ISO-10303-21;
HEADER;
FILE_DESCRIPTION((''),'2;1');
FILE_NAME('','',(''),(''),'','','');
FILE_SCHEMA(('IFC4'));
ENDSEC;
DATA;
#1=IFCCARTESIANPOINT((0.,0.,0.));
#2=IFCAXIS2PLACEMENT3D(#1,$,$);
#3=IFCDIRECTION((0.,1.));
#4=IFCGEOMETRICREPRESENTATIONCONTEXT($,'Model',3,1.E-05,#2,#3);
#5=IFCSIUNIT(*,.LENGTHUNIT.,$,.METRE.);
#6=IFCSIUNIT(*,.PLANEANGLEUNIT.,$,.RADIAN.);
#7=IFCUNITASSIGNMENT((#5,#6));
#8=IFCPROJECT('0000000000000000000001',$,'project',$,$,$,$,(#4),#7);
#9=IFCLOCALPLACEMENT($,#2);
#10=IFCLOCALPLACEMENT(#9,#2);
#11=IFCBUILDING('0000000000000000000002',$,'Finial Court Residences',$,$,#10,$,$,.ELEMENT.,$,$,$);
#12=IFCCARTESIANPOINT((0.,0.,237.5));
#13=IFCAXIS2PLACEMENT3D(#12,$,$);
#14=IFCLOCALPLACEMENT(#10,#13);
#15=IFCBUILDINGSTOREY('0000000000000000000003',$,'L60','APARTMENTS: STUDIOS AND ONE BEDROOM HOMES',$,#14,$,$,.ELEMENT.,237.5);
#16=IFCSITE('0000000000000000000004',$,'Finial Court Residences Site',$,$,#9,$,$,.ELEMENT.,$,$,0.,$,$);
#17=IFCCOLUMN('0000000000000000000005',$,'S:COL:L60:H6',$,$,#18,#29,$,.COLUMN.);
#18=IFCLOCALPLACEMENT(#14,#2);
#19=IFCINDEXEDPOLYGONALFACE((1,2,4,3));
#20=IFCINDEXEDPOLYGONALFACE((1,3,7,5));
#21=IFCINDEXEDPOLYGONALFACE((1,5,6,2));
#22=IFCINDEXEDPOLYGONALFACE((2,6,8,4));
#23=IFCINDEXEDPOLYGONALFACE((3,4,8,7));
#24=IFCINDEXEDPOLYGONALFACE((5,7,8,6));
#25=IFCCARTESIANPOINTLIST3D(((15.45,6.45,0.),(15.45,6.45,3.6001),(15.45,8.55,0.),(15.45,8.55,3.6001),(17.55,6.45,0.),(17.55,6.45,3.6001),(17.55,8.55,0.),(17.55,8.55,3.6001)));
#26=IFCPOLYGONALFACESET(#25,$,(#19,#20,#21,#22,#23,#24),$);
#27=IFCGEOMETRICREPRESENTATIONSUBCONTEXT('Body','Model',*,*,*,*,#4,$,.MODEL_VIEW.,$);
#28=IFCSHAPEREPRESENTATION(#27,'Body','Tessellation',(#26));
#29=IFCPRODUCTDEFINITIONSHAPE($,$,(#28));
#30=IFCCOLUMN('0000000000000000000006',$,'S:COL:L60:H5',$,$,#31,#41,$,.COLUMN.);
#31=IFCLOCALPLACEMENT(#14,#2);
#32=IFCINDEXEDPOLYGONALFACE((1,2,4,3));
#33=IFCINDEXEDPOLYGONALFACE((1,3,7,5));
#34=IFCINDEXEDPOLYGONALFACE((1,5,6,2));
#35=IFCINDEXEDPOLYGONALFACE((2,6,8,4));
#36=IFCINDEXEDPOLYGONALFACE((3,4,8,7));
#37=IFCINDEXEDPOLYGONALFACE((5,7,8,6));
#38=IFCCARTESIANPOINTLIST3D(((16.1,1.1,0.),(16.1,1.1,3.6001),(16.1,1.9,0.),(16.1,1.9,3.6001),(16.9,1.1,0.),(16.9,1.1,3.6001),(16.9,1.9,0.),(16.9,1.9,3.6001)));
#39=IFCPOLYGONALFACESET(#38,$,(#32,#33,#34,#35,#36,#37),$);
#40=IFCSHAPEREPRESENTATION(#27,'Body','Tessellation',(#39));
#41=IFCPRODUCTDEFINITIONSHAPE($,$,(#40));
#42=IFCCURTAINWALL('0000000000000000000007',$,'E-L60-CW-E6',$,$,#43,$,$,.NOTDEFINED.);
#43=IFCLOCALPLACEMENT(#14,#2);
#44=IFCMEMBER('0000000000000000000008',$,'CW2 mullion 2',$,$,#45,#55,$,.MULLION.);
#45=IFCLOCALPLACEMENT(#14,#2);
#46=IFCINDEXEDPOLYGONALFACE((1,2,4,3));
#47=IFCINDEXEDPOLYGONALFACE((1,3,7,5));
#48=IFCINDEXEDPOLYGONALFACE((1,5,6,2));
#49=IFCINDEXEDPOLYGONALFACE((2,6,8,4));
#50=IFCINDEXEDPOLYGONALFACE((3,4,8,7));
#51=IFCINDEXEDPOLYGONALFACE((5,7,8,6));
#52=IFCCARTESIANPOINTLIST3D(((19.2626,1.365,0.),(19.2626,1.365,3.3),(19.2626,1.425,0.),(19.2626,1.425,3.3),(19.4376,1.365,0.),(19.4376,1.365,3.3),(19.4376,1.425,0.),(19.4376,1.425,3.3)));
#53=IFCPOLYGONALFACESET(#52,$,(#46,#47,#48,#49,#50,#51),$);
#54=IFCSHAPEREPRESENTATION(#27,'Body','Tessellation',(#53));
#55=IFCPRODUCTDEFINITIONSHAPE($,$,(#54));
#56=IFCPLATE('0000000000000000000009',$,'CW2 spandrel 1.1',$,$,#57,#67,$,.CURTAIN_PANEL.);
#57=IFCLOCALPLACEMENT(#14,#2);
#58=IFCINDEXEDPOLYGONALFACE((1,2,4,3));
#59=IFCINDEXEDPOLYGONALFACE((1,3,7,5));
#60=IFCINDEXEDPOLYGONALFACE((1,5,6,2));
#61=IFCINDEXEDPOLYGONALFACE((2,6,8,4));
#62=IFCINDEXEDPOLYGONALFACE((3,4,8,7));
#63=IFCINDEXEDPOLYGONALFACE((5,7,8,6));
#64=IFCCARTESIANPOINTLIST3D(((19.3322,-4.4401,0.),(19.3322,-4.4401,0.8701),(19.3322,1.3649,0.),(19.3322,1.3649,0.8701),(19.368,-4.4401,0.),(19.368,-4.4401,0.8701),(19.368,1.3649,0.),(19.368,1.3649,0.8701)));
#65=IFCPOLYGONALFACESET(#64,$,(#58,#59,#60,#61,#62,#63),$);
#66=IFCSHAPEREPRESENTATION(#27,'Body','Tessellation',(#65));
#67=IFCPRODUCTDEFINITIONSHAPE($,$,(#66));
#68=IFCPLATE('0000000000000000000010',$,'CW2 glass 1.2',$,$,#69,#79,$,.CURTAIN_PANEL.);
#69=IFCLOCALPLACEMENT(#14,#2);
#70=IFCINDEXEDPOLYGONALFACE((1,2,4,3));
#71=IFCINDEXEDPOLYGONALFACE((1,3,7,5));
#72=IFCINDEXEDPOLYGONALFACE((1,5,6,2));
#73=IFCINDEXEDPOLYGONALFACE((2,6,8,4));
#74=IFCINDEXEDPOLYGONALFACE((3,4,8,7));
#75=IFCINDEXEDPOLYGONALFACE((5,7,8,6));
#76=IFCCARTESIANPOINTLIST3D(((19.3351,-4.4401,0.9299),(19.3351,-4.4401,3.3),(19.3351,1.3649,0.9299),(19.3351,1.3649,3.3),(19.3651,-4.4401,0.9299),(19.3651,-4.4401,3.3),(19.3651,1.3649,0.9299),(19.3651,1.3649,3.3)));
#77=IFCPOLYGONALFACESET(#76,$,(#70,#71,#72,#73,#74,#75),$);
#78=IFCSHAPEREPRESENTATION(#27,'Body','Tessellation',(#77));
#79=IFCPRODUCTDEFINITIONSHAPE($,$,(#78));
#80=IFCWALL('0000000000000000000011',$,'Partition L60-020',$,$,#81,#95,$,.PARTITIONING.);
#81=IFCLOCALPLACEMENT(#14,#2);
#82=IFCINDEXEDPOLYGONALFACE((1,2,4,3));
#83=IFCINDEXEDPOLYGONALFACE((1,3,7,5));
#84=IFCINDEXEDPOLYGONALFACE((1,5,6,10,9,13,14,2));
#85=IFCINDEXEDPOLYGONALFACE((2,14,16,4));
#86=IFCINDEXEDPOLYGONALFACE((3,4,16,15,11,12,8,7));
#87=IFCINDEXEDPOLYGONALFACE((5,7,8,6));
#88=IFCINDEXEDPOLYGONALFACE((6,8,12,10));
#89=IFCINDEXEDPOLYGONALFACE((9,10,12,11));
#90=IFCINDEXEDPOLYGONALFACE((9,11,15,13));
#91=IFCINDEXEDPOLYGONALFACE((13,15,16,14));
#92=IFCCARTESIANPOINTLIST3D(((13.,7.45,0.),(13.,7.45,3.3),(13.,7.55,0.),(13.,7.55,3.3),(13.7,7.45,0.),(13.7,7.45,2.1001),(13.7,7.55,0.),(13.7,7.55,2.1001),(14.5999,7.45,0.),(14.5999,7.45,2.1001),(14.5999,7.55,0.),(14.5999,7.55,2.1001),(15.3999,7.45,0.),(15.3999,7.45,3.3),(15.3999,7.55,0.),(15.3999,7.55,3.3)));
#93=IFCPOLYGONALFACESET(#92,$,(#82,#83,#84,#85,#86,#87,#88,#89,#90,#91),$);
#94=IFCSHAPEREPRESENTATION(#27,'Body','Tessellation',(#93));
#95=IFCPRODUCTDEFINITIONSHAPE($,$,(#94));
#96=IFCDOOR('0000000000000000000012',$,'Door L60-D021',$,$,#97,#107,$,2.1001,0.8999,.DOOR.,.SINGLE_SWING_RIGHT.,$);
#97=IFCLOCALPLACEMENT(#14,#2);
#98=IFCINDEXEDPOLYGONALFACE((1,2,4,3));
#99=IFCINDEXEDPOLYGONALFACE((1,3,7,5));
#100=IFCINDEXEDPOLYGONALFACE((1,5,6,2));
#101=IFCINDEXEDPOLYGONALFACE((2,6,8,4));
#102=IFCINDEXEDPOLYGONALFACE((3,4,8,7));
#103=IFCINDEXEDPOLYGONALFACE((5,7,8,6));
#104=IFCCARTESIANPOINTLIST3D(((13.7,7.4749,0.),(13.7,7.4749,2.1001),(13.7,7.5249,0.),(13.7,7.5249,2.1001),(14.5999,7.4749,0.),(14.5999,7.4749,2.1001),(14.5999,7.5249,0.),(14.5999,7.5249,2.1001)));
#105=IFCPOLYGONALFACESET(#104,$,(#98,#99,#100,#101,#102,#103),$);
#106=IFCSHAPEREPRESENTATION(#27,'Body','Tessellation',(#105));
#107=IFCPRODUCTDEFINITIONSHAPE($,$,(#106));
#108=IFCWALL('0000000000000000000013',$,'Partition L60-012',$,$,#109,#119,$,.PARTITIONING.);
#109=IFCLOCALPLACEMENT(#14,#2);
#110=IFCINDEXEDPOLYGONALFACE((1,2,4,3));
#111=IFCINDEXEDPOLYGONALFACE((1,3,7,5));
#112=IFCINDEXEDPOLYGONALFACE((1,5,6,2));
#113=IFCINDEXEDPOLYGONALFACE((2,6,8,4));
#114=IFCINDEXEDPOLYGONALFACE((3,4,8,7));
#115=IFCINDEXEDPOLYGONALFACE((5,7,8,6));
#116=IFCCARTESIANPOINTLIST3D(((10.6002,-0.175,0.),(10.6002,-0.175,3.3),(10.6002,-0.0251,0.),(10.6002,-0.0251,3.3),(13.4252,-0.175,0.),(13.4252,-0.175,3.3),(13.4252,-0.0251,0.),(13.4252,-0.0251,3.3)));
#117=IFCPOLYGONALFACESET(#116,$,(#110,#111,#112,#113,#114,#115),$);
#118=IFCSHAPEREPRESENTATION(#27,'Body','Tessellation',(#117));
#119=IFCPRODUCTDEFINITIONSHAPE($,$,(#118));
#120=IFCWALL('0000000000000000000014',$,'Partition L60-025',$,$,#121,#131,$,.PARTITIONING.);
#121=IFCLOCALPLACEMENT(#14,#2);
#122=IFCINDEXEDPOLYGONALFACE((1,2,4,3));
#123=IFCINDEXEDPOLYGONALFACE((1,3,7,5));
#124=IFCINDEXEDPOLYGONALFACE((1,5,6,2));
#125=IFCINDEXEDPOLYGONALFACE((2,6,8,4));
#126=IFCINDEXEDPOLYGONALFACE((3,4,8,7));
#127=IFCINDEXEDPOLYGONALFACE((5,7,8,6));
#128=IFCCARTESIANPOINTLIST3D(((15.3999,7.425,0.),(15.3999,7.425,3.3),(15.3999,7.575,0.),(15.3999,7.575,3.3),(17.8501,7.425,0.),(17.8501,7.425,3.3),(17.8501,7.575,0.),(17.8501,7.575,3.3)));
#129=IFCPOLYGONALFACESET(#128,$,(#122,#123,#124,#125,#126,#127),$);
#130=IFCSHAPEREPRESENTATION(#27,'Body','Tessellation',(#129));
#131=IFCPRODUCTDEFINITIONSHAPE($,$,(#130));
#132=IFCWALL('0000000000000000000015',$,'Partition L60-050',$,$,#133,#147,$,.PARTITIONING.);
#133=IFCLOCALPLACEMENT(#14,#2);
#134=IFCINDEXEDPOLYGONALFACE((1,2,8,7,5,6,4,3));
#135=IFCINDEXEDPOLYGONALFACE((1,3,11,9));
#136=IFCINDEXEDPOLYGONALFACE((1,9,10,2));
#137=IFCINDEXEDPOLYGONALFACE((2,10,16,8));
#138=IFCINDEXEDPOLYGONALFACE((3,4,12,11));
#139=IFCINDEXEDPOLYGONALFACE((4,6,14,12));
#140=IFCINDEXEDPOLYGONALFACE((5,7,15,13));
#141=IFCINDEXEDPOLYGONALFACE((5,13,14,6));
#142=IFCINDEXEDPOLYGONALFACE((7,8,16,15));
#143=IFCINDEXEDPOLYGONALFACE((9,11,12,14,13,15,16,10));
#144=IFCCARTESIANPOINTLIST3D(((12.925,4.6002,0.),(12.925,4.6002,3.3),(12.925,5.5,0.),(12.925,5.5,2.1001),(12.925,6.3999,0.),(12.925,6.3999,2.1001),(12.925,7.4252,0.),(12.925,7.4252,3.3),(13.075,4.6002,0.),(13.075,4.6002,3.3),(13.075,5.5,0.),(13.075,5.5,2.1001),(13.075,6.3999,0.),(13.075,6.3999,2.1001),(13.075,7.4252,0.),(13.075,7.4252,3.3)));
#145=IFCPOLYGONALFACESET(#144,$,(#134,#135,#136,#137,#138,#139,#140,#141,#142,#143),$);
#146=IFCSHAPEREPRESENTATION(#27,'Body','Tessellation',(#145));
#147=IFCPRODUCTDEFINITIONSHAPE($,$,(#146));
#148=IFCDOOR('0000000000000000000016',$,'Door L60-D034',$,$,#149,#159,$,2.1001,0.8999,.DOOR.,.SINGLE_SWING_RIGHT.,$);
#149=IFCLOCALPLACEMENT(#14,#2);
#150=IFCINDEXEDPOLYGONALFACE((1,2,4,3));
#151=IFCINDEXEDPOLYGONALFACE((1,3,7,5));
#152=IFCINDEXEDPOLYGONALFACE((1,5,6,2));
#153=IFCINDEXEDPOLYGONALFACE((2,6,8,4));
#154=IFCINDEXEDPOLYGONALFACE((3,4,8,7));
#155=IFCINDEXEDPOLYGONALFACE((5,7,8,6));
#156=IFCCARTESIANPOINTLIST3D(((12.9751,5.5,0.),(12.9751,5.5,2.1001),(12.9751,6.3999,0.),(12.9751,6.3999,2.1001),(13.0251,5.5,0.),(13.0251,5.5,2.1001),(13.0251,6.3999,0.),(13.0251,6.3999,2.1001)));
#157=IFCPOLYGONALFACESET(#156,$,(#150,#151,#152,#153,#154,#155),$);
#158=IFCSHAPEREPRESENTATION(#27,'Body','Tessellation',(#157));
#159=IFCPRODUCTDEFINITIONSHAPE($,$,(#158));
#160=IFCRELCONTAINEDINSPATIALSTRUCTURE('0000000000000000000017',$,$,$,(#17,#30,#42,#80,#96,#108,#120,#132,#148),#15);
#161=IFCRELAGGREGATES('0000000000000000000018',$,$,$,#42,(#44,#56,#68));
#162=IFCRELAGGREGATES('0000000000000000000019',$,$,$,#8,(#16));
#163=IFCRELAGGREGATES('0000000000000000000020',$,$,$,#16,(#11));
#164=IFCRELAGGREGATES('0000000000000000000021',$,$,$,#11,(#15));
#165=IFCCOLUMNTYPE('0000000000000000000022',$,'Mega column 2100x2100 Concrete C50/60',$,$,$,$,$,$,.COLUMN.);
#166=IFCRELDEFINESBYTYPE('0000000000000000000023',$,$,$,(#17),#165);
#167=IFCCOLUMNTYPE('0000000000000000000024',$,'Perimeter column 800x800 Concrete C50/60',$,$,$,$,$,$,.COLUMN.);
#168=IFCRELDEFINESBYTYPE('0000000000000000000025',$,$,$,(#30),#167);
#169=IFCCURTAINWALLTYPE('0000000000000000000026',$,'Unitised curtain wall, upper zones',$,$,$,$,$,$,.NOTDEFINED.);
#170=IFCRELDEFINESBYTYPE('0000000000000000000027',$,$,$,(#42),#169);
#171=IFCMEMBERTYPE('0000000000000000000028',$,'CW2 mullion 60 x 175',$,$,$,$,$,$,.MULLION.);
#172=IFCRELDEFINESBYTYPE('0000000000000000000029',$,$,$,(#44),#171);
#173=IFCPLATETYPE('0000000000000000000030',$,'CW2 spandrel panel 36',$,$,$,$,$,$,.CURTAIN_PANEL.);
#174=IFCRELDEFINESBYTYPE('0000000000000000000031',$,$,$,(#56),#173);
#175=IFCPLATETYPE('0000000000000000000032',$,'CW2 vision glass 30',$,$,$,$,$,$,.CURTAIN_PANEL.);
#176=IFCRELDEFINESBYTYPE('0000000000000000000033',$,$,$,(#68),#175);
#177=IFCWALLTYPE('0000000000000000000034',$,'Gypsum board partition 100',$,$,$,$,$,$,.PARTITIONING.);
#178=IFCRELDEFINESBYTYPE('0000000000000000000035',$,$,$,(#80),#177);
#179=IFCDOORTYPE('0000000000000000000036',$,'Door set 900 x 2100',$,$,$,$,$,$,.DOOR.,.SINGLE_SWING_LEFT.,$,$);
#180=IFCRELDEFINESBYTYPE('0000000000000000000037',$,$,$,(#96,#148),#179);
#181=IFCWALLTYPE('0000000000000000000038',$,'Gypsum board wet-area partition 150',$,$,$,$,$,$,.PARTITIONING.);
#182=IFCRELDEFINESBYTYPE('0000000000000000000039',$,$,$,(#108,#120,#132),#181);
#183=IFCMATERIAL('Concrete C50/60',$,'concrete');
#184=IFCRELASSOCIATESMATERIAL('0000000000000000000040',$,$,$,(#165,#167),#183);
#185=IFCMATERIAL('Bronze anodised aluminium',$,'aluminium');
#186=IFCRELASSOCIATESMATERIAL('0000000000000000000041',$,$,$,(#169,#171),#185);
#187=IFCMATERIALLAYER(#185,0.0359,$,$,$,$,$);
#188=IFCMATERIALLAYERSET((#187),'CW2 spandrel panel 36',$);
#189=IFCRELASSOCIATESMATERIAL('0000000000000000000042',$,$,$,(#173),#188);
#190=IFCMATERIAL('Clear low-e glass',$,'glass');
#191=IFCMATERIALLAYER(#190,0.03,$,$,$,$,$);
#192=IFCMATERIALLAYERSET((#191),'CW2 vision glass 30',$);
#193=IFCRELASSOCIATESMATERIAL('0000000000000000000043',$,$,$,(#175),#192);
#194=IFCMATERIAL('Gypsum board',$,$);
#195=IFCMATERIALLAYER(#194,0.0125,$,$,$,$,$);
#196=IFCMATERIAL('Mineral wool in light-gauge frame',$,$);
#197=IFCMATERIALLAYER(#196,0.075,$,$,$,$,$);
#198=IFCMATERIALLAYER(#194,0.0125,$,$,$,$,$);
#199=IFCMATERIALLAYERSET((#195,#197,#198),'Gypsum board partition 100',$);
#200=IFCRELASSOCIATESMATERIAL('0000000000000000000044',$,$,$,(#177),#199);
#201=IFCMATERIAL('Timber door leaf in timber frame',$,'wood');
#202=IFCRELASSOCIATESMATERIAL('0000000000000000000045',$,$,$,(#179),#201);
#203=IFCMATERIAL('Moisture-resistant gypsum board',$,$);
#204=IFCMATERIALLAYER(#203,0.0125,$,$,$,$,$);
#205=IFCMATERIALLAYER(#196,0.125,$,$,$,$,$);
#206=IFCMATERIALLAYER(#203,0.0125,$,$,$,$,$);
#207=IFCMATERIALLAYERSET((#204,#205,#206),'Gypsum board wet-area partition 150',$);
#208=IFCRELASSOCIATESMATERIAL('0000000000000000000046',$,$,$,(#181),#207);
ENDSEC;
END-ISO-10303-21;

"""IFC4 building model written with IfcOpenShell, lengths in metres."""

from ifc_helpers import new_model, si_unit, direction, frame, frame_2d, origin, origin_2d, place, context, subcontext, project, spatial, rectangle, extrude, material, layer, layer_set, material_profile, profile_set, type_object, element, fill, aggregate, save


model = new_model("IFC4")

# Units and contexts
model_context = context("Model", 3, precision=1e-05, world=origin(), true_north=direction((0.0, 1.0)))
body_context = subcontext(model_context, "Body", "Model", "MODEL_VIEW")
ifc_project = project(units=[si_unit("LENGTHUNIT", "METRE"), si_unit("PLANEANGLEUNIT", "RADIAN")], contexts=[model_context])

# Site, building, storey
site_placement = place(None, origin())
site = spatial("IfcSite", under=ifc_project, at=site_placement, Name="Finial Court Residences Site", CompositionType="ELEMENT", RefElevation=0.0)
building_placement = place(site_placement, origin())
building = spatial("IfcBuilding", under=site, at=building_placement, Name="Finial Court Residences", CompositionType="ELEMENT")
storey_placement = place(building_placement, frame((0.0, 0.0, 237.5)))
storey = spatial("IfcBuildingStorey", under=building, at=storey_placement, Name="L60", Description="APARTMENTS: STUDIOS AND ONE BEDROOM HOMES", CompositionType="ELEMENT", Elevation=237.5)

# Columns
ifc_material_1 = material(Name="Concrete C50/60", Category="concrete")
ifc_material_profile_1 = material_profile(ifc_material_1, rectangle(XDim=2.1001, YDim=2.1001, at=origin_2d()), Name="2100x2100")
ifc_profile_set_1 = profile_set([ifc_material_profile_1], Name="Concrete C50/60")
column_type_1 = type_object("IfcColumnType", Name="Mega column 2100x2100 Concrete C50/60", PredefinedType="COLUMN", material=ifc_profile_set_1)
column_1_placement = place(storey_placement, frame((16.5, 7.5, 0.0), z_axis=(0.0, 0.0, 1.0), x_axis=(1.0, 0.0, 0.0)))
element("IfcColumn", 1, at=column_1_placement, inside=storey, type_object=column_type_1, Name="S:COL:L60:H6", PredefinedType="COLUMN", context=body_context, shape_type="SweptSolid", body=[
    extrude(rectangle(XDim=2.1001, YDim=2.1001, at=origin_2d()), origin(), (0.0, 0.0, 1.0), 3.6001),
])
ifc_material_profile_2 = material_profile(ifc_material_1, rectangle(XDim=0.8, YDim=0.8, at=origin_2d()), Name="800x800")
ifc_profile_set_2 = profile_set([ifc_material_profile_2], Name="Concrete C50/60")
column_type_2 = type_object("IfcColumnType", Name="Perimeter column 800x800 Concrete C50/60", PredefinedType="COLUMN", material=ifc_profile_set_2)
column_2_placement = place(storey_placement, frame((16.5, 1.5, 0.0), z_axis=(0.0, 0.0, 1.0), x_axis=(1.0, 0.0, 0.0)))
element("IfcColumn", 2, at=column_2_placement, inside=storey, type_object=column_type_2, Name="S:COL:L60:H5", PredefinedType="COLUMN", context=body_context, shape_type="SweptSolid", body=[
    extrude(rectangle(XDim=0.8, YDim=0.8, at=origin_2d()), origin(), (0.0, 0.0, 1.0), 3.6001),
])

# Curtain wall, member, plates
ifc_material_2 = material(Name="Bronze anodised aluminium", Category="aluminium")
curtain_wall_type = type_object("IfcCurtainWallType", Name="Unitised curtain wall, upper zones", PredefinedType="NOTDEFINED", material=ifc_material_2)
curtain_wall_placement = place(storey_placement, origin())
curtain_wall = element("IfcCurtainWall", 3, at=curtain_wall_placement, inside=storey, type_object=curtain_wall_type, Name="E-L60-CW-E6", PredefinedType="NOTDEFINED")
ifc_material_profile_3 = material_profile(ifc_material_2, rectangle(XDim=0.175, YDim=0.0601, at=origin_2d()), Name="CW2 mullion 60 x 175")
ifc_profile_set_3 = profile_set([ifc_material_profile_3], Name="Bronze anodised aluminium")
member_type = type_object("IfcMemberType", Name="CW2 mullion 60 x 175", PredefinedType="MULLION", material=ifc_profile_set_3)
member_placement = place(storey_placement, frame((19.3501, 1.395, 0.0), z_axis=(0.0, 0.0, 1.0), x_axis=(-1.0, 0.0, 0.0)))
member = element("IfcMember", 4, at=member_placement, type_object=member_type, Name="CW2 mullion 2", PredefinedType="MULLION", context=body_context, shape_type="SweptSolid", body=[
    extrude(rectangle(XDim=0.175, YDim=0.0601, at=origin_2d()), origin(), (0.0, 0.0, 1.0), 3.3),
])
ifc_layer_1 = layer(ifc_material_2, 0.0359)
ifc_layer_set_1 = layer_set([ifc_layer_1], Name="CW2 spandrel panel 36")
plate_type_1 = type_object("IfcPlateType", Name="CW2 spandrel panel 36", PredefinedType="CURTAIN_PANEL", material=ifc_layer_set_1)
plate_1_placement = place(storey_placement, frame((19.3501, -1.5376, 0.0), z_axis=(0.0, 0.0, 1.0), x_axis=(0.0, 1.0, 0.0)))
plate_1 = element("IfcPlate", 5, at=plate_1_placement, type_object=plate_type_1, Name="CW2 spandrel 1.1", PredefinedType="CURTAIN_PANEL", context=body_context, shape_type="SweptSolid", body=[
    extrude(rectangle(XDim=5.8049, YDim=0.0359, at=origin_2d()), origin(), (0.0, 0.0, 1.0), 0.8701),
])
ifc_material_3 = material(Name="Clear low-e glass", Category="glass")
ifc_layer_2 = layer(ifc_material_3, 0.03)
ifc_layer_set_2 = layer_set([ifc_layer_2], Name="CW2 vision glass 30")
plate_type_2 = type_object("IfcPlateType", Name="CW2 vision glass 30", PredefinedType="CURTAIN_PANEL", material=ifc_layer_set_2)
plate_2_placement = place(storey_placement, frame((19.3501, -1.5376, 0.9299), z_axis=(0.0, 0.0, 1.0), x_axis=(0.0, 1.0, 0.0)))
plate_2 = element("IfcPlate", 6, at=plate_2_placement, type_object=plate_type_2, Name="CW2 glass 1.2", PredefinedType="CURTAIN_PANEL", context=body_context, shape_type="SweptSolid", body=[
    extrude(rectangle(XDim=5.8049, YDim=0.03, at=origin_2d()), origin(), (0.0, 0.0, 1.0), 2.3701),
])
aggregate(curtain_wall, [member, plate_1, plate_2])

# Wall, opening, door
ifc_material_4 = material(Name="Gypsum board")
ifc_layer_3 = layer(ifc_material_4, 0.0125)
ifc_material_5 = material(Name="Mineral wool in light-gauge frame")
ifc_layer_4 = layer(ifc_material_5, 0.075)
ifc_layer_5 = layer(ifc_material_4, 0.0125)
ifc_layer_set_3 = layer_set([ifc_layer_3, ifc_layer_4, ifc_layer_5], Name="Gypsum board partition 100")
wall_type_1 = type_object("IfcWallType", Name="Gypsum board partition 100", PredefinedType="PARTITIONING", material=ifc_layer_set_3)
wall_1_placement = place(storey_placement, frame((13.0, 7.5, 0.0), z_axis=(0.0, 0.0, 1.0), x_axis=(1.0, 0.0, 0.0)))
wall_1 = element("IfcWall", 7, at=wall_1_placement, inside=storey, type_object=wall_type_1, Name="Partition L60-020", PredefinedType="PARTITIONING", context=body_context, shape_type="SweptSolid", body=[
    extrude(rectangle(XDim=2.3999, YDim=0.1001, at=frame_2d((1.2, 0.0))), origin(), (0.0, 0.0, 1.0), 3.3),
])
opening_1_placement = place(wall_1_placement, frame((0.7, 0.0, 0.0)))
opening_1 = element("IfcOpeningElement", 8, at=opening_1_placement, cuts=wall_1, PredefinedType="OPENING", context=body_context, shape_type="SweptSolid", body=[
    extrude(rectangle(XDim=0.8999, YDim=2.1001, at=frame_2d((0.45, 1.05))), frame((0.0, 0.0601, 0.0), z_axis=(0.0, -1.0, 0.0), x_axis=(1.0, 0.0, 0.0)), (0.0, 0.0, 1.0), 0.1201),
])
ifc_material_6 = material(Name="Timber door leaf in timber frame", Category="wood")
door_type_1 = type_object("IfcDoorType", Name="Door set 900 x 2100", OperationType="SINGLE_SWING_LEFT", PredefinedType="DOOR", material=ifc_material_6)
door_1_placement = place(opening_1_placement, origin())
door_1 = element("IfcDoor", 9, at=door_1_placement, inside=storey, type_object=door_type_1, Name="Door L60-D021", OperationType="SINGLE_SWING_RIGHT", OverallHeight=2.1001, OverallWidth=0.8999, PredefinedType="DOOR", context=body_context, shape_type="SweptSolid", body=[
    extrude(rectangle(XDim=0.8999, YDim=2.1001, at=frame_2d((0.45, 1.05))), frame((0.0, 0.0249, 0.0), z_axis=(0.0, -1.0, 0.0), x_axis=(1.0, 0.0, 0.0)), (0.0, 0.0, 1.0), 0.05),
])
fill(opening_1, door_1)

# Walls
ifc_material_7 = material(Name="Moisture-resistant gypsum board")
ifc_layer_6 = layer(ifc_material_7, 0.0125)
ifc_layer_7 = layer(ifc_material_5, 0.125)
ifc_layer_8 = layer(ifc_material_7, 0.0125)
ifc_layer_set_4 = layer_set([ifc_layer_6, ifc_layer_7, ifc_layer_8], Name="Gypsum board wet-area partition 150")
wall_type_2 = type_object("IfcWallType", Name="Gypsum board wet-area partition 150", PredefinedType="PARTITIONING", material=ifc_layer_set_4)
wall_2_placement = place(storey_placement, frame((10.6001, -0.1001, 0.0), z_axis=(0.0, 0.0, 1.0), x_axis=(1.0, 0.0, 0.0)))
element("IfcWall", 10, at=wall_2_placement, inside=storey, type_object=wall_type_2, Name="Partition L60-012", PredefinedType="PARTITIONING", context=body_context, shape_type="SweptSolid", body=[
    extrude(rectangle(XDim=2.825, YDim=0.1499, at=frame_2d((1.4126, 0.0))), origin(), (0.0, 0.0, 1.0), 3.3),
])
wall_3_placement = place(storey_placement, frame((15.3999, 7.5, 0.0), z_axis=(0.0, 0.0, 1.0), x_axis=(1.0, 0.0, 0.0)))
element("IfcWall", 11, at=wall_3_placement, inside=storey, type_object=wall_type_2, Name="Partition L60-025", PredefinedType="PARTITIONING", context=body_context, shape_type="SweptSolid", body=[
    extrude(rectangle(XDim=2.4502, YDim=0.1499, at=frame_2d((1.2251, 0.0))), origin(), (0.0, 0.0, 1.0), 3.3),
])

# Wall, opening, door
wall_4_placement = place(storey_placement, frame((13.0, 4.6001, 0.0), z_axis=(0.0, 0.0, 1.0), x_axis=(0.0, 1.0, 0.0)))
wall_4 = element("IfcWall", 12, at=wall_4_placement, inside=storey, type_object=wall_type_2, Name="Partition L60-050", PredefinedType="PARTITIONING", context=body_context, shape_type="SweptSolid", body=[
    extrude(rectangle(XDim=2.825, YDim=0.1499, at=frame_2d((1.4126, 0.0))), origin(), (0.0, 0.0, 1.0), 3.3),
])
opening_2_placement = place(wall_4_placement, frame((0.8999, 0.0, 0.0)))
opening_2 = element("IfcOpeningElement", 13, at=opening_2_placement, cuts=wall_4, PredefinedType="OPENING", context=body_context, shape_type="SweptSolid", body=[
    extrude(rectangle(XDim=0.8999, YDim=2.1001, at=frame_2d((0.45, 1.05))), frame((0.0, 0.085, 0.0), z_axis=(0.0, -1.0, 0.0), x_axis=(1.0, 0.0, 0.0)), (0.0, 0.0, 1.0), 0.1699),
])
door_2_placement = place(opening_2_placement, origin())
door_2 = element("IfcDoor", 14, at=door_2_placement, inside=storey, type_object=door_type_1, Name="Door L60-D034", OperationType="SINGLE_SWING_RIGHT", OverallHeight=2.1001, OverallWidth=0.8999, PredefinedType="DOOR", context=body_context, shape_type="SweptSolid", body=[
    extrude(rectangle(XDim=0.8999, YDim=2.1001, at=frame_2d((0.45, 1.05))), frame((0.0, 0.0249, 0.0), z_axis=(0.0, -1.0, 0.0), x_axis=(1.0, 0.0, 0.0)), (0.0, 0.0, 1.0), 0.05),
])
fill(opening_2, door_2)

save(model, "model.ifc")
